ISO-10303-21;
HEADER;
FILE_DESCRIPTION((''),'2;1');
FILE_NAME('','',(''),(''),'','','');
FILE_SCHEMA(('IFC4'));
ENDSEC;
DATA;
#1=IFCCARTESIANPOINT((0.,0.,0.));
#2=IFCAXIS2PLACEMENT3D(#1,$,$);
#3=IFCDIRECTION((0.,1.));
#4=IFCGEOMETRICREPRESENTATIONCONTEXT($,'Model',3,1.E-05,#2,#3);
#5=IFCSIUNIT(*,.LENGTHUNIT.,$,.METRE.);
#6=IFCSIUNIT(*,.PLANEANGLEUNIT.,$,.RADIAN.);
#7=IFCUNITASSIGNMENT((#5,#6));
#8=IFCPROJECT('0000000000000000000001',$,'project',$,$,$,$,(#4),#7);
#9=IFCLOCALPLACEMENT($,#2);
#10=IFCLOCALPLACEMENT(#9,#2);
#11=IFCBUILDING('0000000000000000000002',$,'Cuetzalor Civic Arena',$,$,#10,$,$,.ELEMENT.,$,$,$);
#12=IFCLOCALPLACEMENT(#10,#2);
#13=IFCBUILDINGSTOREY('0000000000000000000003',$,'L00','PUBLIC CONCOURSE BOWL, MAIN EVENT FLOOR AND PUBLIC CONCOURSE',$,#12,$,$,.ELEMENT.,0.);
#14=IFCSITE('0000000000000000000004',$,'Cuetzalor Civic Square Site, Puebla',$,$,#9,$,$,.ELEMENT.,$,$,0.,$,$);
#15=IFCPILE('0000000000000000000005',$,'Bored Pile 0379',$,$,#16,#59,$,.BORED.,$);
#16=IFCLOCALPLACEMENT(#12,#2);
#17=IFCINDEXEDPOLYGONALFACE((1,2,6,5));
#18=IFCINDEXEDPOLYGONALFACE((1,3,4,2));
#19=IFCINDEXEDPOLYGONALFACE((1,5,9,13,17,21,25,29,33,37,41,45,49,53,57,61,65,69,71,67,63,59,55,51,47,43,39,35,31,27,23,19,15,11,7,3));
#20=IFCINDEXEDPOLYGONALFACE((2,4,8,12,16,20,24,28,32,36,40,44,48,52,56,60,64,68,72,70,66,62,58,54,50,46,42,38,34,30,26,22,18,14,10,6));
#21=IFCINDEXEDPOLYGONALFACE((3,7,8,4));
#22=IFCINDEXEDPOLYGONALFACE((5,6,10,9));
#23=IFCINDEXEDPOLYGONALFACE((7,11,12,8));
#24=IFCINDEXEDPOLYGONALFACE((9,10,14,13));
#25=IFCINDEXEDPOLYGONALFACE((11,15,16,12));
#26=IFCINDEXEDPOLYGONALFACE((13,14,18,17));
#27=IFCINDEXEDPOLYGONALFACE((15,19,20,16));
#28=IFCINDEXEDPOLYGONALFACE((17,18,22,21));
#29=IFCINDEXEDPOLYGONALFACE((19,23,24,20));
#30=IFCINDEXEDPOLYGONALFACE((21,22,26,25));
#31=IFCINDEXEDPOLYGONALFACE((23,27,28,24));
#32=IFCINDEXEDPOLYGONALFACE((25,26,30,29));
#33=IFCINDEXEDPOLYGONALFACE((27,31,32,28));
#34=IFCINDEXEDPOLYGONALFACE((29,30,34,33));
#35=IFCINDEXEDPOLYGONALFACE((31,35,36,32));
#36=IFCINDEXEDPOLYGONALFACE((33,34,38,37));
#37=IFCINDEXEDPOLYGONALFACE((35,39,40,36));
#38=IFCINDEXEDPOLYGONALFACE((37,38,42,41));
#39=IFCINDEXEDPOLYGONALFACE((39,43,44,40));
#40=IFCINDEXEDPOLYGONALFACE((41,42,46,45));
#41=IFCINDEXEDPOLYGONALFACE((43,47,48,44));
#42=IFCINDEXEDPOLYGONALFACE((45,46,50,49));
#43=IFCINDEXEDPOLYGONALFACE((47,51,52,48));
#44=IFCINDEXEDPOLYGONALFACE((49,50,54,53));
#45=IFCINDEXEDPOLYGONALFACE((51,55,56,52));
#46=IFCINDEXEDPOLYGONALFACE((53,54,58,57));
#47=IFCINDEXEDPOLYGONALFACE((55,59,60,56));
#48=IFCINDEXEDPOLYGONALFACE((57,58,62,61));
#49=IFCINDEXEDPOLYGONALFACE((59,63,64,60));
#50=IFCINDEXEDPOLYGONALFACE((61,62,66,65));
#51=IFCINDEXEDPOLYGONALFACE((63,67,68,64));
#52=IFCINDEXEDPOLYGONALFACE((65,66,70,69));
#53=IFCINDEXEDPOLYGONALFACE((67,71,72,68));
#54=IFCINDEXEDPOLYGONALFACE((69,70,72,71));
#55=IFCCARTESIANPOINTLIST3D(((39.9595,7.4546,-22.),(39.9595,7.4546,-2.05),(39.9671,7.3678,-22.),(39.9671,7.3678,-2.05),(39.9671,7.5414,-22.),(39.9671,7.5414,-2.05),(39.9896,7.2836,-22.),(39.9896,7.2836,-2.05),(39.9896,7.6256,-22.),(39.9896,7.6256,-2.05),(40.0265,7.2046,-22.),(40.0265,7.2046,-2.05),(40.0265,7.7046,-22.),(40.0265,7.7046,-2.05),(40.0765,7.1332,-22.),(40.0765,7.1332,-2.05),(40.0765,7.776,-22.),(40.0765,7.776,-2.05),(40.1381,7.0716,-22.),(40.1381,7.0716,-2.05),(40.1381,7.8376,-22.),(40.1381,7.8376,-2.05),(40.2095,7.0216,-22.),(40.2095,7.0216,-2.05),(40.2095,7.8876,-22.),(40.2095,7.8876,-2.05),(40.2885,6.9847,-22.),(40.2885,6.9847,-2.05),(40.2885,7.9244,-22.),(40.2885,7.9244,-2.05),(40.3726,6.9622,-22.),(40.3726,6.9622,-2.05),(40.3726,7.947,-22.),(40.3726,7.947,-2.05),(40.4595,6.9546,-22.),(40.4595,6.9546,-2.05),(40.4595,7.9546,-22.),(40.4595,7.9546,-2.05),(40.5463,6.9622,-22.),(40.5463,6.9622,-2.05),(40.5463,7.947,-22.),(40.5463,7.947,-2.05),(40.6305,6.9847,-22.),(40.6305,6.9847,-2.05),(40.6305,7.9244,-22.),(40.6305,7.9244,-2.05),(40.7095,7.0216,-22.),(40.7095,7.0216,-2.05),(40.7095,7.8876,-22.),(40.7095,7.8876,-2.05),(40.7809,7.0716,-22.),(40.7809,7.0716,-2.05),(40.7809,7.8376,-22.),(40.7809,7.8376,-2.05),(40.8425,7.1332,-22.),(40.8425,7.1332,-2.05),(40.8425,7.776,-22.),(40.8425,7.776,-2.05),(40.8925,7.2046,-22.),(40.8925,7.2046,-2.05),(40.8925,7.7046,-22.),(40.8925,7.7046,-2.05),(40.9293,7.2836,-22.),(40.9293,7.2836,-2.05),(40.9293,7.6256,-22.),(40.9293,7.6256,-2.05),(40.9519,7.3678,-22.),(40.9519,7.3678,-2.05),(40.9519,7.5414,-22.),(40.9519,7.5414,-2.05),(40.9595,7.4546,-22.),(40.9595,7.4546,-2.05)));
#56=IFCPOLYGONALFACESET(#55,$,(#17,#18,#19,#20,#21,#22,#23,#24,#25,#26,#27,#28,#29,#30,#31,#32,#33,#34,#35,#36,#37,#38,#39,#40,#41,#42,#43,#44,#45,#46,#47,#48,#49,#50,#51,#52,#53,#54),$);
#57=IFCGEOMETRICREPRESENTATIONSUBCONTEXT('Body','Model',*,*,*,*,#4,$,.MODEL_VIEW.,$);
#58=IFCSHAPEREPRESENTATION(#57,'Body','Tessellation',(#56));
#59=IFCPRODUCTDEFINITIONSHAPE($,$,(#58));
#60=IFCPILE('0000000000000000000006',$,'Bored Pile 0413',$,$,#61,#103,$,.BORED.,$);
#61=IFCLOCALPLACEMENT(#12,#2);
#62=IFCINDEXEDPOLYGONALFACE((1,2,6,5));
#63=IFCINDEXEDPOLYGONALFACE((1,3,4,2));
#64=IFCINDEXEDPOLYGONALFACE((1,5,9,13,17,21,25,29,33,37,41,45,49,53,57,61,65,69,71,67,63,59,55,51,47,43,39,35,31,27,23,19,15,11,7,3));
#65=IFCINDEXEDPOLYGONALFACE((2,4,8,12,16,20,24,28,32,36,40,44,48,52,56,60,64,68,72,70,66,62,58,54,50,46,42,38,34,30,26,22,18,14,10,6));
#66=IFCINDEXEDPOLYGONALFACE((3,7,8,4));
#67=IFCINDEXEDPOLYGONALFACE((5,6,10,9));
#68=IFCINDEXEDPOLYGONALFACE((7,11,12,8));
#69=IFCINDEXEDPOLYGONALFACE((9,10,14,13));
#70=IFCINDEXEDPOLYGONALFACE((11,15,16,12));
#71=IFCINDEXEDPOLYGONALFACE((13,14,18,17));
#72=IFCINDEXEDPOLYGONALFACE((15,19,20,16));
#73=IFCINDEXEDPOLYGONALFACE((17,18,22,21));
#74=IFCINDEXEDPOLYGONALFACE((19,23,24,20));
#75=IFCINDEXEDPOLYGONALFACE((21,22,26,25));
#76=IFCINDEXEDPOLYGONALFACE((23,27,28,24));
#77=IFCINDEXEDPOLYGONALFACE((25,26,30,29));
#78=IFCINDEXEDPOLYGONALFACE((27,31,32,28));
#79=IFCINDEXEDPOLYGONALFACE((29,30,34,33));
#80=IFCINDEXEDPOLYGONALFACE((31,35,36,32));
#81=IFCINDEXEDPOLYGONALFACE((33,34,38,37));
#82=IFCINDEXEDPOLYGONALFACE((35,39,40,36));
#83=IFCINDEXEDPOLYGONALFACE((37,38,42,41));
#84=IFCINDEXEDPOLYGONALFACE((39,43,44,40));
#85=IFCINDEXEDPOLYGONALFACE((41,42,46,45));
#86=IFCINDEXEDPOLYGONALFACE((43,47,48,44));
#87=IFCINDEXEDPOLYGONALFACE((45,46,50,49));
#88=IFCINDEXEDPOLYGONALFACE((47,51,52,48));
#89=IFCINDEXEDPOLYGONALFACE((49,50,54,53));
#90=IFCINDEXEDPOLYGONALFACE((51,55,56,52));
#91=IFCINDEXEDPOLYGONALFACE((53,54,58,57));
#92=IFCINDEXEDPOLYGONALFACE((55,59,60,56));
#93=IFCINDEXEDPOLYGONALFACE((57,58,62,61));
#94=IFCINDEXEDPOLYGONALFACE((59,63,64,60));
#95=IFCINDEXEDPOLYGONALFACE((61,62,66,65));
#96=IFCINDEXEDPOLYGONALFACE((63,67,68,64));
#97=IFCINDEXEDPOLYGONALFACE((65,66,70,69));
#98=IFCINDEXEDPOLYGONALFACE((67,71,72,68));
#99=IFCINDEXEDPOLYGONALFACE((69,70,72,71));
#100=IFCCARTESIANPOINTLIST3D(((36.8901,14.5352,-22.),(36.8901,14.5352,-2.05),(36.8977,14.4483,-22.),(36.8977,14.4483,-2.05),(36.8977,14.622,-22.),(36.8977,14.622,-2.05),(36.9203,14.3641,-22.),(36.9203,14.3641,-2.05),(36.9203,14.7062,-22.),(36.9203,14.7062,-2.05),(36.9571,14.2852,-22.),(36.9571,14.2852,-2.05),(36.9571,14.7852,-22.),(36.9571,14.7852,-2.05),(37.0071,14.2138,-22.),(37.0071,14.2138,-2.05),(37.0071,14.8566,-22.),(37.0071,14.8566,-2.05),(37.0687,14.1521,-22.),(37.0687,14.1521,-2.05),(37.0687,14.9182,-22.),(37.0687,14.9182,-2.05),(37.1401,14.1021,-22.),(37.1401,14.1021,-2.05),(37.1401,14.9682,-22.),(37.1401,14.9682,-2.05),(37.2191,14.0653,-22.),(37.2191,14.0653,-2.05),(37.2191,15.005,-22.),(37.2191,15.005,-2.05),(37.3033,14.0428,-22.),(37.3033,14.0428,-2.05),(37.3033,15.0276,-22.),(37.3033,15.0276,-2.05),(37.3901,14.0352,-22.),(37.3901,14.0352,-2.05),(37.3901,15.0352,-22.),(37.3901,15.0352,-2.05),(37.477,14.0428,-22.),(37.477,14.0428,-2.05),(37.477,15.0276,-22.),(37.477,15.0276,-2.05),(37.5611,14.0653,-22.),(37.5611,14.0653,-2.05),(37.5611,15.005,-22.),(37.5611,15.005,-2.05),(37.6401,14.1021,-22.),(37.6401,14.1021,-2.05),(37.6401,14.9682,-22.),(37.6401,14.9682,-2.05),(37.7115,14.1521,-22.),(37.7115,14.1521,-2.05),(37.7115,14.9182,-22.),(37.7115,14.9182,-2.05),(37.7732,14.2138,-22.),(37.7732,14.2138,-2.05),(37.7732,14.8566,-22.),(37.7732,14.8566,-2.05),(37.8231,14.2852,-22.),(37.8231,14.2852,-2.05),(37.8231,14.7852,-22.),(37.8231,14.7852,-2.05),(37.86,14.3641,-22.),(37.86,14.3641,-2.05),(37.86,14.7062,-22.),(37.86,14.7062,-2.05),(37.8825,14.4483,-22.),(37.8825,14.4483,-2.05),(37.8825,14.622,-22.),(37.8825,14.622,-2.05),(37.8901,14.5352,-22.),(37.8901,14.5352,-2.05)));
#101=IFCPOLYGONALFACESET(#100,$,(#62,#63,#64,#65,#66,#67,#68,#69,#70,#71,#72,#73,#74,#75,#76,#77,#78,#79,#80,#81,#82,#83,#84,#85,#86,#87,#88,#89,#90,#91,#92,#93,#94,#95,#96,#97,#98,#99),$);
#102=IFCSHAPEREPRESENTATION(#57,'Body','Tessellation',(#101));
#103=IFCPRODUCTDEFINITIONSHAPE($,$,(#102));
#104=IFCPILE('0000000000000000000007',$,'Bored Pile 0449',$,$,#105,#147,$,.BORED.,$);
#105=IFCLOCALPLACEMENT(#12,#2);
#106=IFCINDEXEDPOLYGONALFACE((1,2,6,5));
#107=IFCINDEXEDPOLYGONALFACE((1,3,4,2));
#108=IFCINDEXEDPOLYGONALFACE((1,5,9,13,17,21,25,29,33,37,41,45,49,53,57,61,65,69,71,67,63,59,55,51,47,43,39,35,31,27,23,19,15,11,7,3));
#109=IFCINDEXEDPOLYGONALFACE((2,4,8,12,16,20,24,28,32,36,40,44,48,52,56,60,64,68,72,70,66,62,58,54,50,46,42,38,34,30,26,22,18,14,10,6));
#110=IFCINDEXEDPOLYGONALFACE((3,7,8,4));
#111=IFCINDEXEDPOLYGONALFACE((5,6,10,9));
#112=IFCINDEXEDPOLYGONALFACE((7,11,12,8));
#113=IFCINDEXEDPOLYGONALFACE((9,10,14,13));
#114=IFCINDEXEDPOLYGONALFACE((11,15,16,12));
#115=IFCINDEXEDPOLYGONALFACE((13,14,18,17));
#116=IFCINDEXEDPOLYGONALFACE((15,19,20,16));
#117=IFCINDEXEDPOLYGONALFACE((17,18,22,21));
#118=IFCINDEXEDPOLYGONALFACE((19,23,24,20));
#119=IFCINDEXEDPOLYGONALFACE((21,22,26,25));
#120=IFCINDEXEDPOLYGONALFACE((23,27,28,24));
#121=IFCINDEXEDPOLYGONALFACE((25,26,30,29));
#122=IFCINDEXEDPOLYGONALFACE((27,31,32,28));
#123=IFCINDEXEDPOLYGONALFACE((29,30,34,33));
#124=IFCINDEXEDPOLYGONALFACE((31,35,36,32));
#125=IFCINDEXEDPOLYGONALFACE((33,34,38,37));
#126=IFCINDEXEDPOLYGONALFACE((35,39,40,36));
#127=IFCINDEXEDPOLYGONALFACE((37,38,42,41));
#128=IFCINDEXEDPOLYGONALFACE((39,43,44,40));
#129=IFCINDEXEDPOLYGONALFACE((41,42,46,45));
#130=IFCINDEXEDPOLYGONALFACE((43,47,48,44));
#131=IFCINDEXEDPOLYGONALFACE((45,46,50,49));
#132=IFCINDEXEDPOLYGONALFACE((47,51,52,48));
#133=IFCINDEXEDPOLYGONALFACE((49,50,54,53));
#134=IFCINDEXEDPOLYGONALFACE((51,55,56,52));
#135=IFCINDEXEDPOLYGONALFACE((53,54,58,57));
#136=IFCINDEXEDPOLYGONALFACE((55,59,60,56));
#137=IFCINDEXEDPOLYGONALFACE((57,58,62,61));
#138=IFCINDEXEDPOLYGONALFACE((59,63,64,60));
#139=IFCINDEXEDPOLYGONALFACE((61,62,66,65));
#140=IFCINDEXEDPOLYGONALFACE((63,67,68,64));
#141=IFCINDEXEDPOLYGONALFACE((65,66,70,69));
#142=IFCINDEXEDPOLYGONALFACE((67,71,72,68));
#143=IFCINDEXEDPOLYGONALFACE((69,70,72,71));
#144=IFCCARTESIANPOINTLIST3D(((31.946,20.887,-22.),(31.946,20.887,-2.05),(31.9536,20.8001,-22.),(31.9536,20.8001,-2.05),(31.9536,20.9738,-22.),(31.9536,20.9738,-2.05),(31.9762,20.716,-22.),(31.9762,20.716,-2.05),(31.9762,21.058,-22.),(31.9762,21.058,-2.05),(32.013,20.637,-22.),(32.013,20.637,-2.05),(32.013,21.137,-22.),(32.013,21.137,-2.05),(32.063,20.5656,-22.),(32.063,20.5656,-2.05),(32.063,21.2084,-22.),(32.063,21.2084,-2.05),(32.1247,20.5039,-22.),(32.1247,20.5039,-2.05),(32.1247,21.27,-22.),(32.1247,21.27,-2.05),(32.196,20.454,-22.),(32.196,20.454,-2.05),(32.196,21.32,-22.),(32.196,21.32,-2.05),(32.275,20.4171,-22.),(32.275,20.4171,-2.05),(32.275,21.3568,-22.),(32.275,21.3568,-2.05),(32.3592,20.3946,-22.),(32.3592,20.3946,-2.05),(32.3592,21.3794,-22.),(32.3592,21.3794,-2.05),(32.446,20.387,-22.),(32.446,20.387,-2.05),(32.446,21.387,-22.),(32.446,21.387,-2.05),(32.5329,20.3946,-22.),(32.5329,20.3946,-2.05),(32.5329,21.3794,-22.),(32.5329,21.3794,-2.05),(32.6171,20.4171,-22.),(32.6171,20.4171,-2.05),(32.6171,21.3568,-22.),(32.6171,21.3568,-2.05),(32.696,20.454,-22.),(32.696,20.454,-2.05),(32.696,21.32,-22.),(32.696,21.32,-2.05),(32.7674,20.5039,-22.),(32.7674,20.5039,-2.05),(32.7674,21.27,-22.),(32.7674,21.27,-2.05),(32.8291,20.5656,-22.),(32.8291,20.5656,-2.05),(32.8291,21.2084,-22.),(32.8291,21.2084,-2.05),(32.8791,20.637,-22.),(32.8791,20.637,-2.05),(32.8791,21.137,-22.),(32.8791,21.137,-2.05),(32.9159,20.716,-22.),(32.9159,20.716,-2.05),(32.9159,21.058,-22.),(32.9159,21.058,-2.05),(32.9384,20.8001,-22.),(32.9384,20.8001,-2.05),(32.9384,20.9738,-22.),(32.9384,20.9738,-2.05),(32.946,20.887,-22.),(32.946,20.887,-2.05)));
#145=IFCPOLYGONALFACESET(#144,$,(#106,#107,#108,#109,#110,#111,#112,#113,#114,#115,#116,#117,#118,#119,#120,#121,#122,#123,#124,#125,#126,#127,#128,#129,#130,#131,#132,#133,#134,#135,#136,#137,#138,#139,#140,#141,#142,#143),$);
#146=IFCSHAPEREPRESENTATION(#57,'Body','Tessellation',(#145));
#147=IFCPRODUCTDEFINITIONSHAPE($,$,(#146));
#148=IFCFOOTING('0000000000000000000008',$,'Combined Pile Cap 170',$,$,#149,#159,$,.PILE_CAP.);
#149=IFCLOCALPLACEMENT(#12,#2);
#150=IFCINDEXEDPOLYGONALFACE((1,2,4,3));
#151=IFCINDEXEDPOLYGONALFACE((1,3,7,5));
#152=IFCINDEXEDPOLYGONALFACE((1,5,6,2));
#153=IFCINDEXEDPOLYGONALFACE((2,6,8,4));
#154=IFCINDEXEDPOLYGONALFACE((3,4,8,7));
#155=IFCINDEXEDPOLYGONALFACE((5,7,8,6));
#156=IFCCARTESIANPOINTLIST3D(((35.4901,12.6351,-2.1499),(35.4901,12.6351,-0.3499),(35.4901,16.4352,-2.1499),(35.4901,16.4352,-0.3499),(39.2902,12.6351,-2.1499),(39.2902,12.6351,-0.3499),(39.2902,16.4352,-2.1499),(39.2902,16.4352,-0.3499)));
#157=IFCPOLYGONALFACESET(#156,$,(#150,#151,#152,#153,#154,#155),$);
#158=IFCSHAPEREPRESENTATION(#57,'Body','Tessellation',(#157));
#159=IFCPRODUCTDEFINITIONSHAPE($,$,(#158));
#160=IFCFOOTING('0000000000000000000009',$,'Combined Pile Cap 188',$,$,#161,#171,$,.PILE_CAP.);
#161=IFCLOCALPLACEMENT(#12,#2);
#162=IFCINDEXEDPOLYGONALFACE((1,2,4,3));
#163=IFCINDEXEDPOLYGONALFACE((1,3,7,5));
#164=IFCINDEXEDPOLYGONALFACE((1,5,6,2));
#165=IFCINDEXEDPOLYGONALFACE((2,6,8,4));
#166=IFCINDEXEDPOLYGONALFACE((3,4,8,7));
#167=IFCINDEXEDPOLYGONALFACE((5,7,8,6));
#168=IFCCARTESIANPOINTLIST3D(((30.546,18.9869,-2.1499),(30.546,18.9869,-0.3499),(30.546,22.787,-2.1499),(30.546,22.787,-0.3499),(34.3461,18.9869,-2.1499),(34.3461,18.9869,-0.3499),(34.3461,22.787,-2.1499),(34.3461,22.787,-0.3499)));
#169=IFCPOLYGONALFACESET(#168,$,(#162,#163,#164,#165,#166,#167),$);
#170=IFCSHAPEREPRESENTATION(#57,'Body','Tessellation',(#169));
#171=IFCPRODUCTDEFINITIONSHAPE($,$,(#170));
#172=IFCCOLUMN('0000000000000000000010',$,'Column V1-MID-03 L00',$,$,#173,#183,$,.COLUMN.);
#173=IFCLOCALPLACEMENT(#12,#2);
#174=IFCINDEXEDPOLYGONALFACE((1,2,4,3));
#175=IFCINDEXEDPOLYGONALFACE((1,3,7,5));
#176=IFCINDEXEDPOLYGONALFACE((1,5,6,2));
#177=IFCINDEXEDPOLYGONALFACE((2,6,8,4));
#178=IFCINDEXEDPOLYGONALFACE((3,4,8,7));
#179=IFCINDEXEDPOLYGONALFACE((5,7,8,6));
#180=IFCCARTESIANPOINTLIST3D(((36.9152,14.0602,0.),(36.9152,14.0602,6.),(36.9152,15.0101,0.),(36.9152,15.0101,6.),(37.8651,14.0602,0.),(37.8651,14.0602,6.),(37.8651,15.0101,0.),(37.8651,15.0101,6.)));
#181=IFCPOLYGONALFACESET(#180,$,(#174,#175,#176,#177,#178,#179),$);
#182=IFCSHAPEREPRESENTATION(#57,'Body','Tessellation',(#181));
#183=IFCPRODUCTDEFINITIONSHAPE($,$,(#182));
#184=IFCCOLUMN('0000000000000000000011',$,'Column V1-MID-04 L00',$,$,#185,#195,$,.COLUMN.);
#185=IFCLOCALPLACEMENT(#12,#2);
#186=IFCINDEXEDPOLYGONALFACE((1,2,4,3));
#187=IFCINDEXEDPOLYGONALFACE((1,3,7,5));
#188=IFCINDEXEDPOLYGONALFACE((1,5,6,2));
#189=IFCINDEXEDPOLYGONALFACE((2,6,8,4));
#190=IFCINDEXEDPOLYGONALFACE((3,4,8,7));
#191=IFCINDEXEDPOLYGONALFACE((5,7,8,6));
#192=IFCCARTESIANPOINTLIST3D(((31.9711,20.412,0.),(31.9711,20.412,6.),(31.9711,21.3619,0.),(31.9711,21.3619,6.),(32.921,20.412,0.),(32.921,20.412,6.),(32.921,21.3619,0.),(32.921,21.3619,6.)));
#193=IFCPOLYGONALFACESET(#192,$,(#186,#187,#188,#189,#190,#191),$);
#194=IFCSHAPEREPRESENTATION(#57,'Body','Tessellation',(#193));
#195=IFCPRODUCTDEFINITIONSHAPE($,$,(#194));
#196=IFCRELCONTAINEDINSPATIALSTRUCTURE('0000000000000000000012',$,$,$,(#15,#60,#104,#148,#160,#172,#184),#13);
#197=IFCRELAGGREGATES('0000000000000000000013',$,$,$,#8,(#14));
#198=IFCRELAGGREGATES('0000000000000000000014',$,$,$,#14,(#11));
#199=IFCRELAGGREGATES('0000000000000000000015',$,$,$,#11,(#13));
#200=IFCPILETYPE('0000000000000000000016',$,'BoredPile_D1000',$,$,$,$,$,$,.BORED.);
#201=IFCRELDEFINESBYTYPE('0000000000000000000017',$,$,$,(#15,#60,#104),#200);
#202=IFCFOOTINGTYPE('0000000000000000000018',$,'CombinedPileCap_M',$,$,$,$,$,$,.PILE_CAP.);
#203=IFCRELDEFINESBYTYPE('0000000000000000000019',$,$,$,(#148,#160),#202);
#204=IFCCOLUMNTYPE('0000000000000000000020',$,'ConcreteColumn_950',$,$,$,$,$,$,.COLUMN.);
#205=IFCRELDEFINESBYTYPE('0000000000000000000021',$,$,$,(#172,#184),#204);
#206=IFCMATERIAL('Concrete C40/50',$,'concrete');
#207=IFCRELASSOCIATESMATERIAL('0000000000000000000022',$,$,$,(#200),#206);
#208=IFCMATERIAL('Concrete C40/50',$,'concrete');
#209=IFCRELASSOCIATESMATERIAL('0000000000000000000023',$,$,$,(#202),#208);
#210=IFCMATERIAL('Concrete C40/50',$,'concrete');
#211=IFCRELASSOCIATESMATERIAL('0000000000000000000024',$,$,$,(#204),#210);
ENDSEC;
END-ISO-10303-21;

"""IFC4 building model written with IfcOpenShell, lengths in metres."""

from ifc_helpers import new_model, si_unit, direction, frame, origin, origin_2d, place, context, subcontext, project, spatial, rectangle, circle, extrude, material, material_profile, profile_set, type_object, element, save


model = new_model("IFC4")

# Units and contexts
model_context = context("Model", 3, precision=1e-05, world=origin(), true_north=direction((0.0, 1.0)))
body_context = subcontext(model_context, "Body", "Model", "MODEL_VIEW")
ifc_project = project(units=[si_unit("LENGTHUNIT", "METRE"), si_unit("PLANEANGLEUNIT", "RADIAN")], contexts=[model_context])

# Site, building, storey
site_placement = place(None, origin())
site = spatial("IfcSite", under=ifc_project, at=site_placement, Name="Cuetzalor Civic Square Site, Puebla", CompositionType="ELEMENT", RefElevation=0.0)
building_placement = place(site_placement, origin())
building = spatial("IfcBuilding", under=site, at=building_placement, Name="Cuetzalor Civic Arena", CompositionType="ELEMENT")
storey_placement = place(building_placement, origin())
storey = spatial("IfcBuildingStorey", under=building, at=storey_placement, Name="L00", Description="PUBLIC CONCOURSE BOWL, MAIN EVENT FLOOR AND PUBLIC CONCOURSE", CompositionType="ELEMENT", Elevation=0.0)

# Piles
ifc_material_1 = material(Name="Concrete C40/50", Category="concrete")
ifc_material_profile_1 = material_profile(ifc_material_1, circle(Radius=0.5, at=origin_2d()), Name="BORED PILE D1000")
ifc_profile_set_1 = profile_set([ifc_material_profile_1], Name="Concrete C40/50")
pile_type = type_object("IfcPileType", Name="BoredPile_D1000", PredefinedType="BORED", material=ifc_profile_set_1)
for number, where, z_axis, x_axis, name in (
    (1, (40.4595, 7.4546, -2.05), (0.0, 0.0, -1.0), (1.0, 0.0, 0.0), "Bored Pile 0379"),
    (2, (37.3901, 14.5352, -2.05), (0.0, 0.0, -1.0), (1.0, 0.0, 0.0), "Bored Pile 0413"),
    (3, (32.446, 20.887, -2.05), (0.0, 0.0, -1.0), (1.0, 0.0, 0.0), "Bored Pile 0449"),
):
    element("IfcPile", number, at=place(storey_placement, frame(where, z_axis=z_axis, x_axis=x_axis)), inside=storey, type_object=pile_type, Name=name, PredefinedType="BORED", context=body_context, shape_type="SweptSolid", body=[
        extrude(circle(Radius=0.5, at=origin_2d()), origin(), (0.0, 0.0, 1.0), 19.95),
    ])

# Footings
ifc_material_2 = material(Name="Concrete C40/50", Category="concrete")
footing_type = type_object("IfcFootingType", Name="CombinedPileCap_M", PredefinedType="PILE_CAP", material=ifc_material_2)
for number, where, z_axis, x_axis, name in (
    (4, (37.3901, 14.5352, -2.1499), (0.0, 0.0, 1.0), (1.0, 0.0, 0.0), "Combined Pile Cap 170"),
    (5, (32.446, 20.887, -2.1499), (0.0, 0.0, 1.0), (1.0, 0.0, 0.0), "Combined Pile Cap 188"),
):
    element("IfcFooting", number, at=place(storey_placement, frame(where, z_axis=z_axis, x_axis=x_axis)), inside=storey, type_object=footing_type, Name=name, PredefinedType="PILE_CAP", context=body_context, shape_type="SweptSolid", body=[
        extrude(rectangle(XDim=3.8, YDim=3.8, at=origin_2d()), origin(), (0.0, 0.0, 1.0), 1.8),
    ])

# Columns
ifc_material_3 = material(Name="Concrete C40/50", Category="concrete")
ifc_material_profile_2 = material_profile(ifc_material_3, rectangle(XDim=0.95, YDim=0.95, at=origin_2d()), Name="RC 950x950")
ifc_profile_set_2 = profile_set([ifc_material_profile_2], Name="Concrete C40/50")
column_type = type_object("IfcColumnType", Name="ConcreteColumn_950", PredefinedType="COLUMN", material=ifc_profile_set_2)
for number, where, z_axis, x_axis, name in (
    (6, (37.3901, 14.5352, 0.0), (0.0, 0.0, 1.0), (1.0, 0.0, 0.0), "Column V1-MID-03 L00"),
    (7, (32.446, 20.887, 0.0), (0.0, 0.0, 1.0), (1.0, 0.0, 0.0), "Column V1-MID-04 L00"),
):
    element("IfcColumn", number, at=place(storey_placement, frame(where, z_axis=z_axis, x_axis=x_axis)), inside=storey, type_object=column_type, Name=name, PredefinedType="COLUMN", context=body_context, shape_type="SweptSolid", body=[
        extrude(rectangle(XDim=0.95, YDim=0.95, at=origin_2d()), origin(), (0.0, 0.0, 1.0), 6.0),
    ])

save(model, "model.ifc")
